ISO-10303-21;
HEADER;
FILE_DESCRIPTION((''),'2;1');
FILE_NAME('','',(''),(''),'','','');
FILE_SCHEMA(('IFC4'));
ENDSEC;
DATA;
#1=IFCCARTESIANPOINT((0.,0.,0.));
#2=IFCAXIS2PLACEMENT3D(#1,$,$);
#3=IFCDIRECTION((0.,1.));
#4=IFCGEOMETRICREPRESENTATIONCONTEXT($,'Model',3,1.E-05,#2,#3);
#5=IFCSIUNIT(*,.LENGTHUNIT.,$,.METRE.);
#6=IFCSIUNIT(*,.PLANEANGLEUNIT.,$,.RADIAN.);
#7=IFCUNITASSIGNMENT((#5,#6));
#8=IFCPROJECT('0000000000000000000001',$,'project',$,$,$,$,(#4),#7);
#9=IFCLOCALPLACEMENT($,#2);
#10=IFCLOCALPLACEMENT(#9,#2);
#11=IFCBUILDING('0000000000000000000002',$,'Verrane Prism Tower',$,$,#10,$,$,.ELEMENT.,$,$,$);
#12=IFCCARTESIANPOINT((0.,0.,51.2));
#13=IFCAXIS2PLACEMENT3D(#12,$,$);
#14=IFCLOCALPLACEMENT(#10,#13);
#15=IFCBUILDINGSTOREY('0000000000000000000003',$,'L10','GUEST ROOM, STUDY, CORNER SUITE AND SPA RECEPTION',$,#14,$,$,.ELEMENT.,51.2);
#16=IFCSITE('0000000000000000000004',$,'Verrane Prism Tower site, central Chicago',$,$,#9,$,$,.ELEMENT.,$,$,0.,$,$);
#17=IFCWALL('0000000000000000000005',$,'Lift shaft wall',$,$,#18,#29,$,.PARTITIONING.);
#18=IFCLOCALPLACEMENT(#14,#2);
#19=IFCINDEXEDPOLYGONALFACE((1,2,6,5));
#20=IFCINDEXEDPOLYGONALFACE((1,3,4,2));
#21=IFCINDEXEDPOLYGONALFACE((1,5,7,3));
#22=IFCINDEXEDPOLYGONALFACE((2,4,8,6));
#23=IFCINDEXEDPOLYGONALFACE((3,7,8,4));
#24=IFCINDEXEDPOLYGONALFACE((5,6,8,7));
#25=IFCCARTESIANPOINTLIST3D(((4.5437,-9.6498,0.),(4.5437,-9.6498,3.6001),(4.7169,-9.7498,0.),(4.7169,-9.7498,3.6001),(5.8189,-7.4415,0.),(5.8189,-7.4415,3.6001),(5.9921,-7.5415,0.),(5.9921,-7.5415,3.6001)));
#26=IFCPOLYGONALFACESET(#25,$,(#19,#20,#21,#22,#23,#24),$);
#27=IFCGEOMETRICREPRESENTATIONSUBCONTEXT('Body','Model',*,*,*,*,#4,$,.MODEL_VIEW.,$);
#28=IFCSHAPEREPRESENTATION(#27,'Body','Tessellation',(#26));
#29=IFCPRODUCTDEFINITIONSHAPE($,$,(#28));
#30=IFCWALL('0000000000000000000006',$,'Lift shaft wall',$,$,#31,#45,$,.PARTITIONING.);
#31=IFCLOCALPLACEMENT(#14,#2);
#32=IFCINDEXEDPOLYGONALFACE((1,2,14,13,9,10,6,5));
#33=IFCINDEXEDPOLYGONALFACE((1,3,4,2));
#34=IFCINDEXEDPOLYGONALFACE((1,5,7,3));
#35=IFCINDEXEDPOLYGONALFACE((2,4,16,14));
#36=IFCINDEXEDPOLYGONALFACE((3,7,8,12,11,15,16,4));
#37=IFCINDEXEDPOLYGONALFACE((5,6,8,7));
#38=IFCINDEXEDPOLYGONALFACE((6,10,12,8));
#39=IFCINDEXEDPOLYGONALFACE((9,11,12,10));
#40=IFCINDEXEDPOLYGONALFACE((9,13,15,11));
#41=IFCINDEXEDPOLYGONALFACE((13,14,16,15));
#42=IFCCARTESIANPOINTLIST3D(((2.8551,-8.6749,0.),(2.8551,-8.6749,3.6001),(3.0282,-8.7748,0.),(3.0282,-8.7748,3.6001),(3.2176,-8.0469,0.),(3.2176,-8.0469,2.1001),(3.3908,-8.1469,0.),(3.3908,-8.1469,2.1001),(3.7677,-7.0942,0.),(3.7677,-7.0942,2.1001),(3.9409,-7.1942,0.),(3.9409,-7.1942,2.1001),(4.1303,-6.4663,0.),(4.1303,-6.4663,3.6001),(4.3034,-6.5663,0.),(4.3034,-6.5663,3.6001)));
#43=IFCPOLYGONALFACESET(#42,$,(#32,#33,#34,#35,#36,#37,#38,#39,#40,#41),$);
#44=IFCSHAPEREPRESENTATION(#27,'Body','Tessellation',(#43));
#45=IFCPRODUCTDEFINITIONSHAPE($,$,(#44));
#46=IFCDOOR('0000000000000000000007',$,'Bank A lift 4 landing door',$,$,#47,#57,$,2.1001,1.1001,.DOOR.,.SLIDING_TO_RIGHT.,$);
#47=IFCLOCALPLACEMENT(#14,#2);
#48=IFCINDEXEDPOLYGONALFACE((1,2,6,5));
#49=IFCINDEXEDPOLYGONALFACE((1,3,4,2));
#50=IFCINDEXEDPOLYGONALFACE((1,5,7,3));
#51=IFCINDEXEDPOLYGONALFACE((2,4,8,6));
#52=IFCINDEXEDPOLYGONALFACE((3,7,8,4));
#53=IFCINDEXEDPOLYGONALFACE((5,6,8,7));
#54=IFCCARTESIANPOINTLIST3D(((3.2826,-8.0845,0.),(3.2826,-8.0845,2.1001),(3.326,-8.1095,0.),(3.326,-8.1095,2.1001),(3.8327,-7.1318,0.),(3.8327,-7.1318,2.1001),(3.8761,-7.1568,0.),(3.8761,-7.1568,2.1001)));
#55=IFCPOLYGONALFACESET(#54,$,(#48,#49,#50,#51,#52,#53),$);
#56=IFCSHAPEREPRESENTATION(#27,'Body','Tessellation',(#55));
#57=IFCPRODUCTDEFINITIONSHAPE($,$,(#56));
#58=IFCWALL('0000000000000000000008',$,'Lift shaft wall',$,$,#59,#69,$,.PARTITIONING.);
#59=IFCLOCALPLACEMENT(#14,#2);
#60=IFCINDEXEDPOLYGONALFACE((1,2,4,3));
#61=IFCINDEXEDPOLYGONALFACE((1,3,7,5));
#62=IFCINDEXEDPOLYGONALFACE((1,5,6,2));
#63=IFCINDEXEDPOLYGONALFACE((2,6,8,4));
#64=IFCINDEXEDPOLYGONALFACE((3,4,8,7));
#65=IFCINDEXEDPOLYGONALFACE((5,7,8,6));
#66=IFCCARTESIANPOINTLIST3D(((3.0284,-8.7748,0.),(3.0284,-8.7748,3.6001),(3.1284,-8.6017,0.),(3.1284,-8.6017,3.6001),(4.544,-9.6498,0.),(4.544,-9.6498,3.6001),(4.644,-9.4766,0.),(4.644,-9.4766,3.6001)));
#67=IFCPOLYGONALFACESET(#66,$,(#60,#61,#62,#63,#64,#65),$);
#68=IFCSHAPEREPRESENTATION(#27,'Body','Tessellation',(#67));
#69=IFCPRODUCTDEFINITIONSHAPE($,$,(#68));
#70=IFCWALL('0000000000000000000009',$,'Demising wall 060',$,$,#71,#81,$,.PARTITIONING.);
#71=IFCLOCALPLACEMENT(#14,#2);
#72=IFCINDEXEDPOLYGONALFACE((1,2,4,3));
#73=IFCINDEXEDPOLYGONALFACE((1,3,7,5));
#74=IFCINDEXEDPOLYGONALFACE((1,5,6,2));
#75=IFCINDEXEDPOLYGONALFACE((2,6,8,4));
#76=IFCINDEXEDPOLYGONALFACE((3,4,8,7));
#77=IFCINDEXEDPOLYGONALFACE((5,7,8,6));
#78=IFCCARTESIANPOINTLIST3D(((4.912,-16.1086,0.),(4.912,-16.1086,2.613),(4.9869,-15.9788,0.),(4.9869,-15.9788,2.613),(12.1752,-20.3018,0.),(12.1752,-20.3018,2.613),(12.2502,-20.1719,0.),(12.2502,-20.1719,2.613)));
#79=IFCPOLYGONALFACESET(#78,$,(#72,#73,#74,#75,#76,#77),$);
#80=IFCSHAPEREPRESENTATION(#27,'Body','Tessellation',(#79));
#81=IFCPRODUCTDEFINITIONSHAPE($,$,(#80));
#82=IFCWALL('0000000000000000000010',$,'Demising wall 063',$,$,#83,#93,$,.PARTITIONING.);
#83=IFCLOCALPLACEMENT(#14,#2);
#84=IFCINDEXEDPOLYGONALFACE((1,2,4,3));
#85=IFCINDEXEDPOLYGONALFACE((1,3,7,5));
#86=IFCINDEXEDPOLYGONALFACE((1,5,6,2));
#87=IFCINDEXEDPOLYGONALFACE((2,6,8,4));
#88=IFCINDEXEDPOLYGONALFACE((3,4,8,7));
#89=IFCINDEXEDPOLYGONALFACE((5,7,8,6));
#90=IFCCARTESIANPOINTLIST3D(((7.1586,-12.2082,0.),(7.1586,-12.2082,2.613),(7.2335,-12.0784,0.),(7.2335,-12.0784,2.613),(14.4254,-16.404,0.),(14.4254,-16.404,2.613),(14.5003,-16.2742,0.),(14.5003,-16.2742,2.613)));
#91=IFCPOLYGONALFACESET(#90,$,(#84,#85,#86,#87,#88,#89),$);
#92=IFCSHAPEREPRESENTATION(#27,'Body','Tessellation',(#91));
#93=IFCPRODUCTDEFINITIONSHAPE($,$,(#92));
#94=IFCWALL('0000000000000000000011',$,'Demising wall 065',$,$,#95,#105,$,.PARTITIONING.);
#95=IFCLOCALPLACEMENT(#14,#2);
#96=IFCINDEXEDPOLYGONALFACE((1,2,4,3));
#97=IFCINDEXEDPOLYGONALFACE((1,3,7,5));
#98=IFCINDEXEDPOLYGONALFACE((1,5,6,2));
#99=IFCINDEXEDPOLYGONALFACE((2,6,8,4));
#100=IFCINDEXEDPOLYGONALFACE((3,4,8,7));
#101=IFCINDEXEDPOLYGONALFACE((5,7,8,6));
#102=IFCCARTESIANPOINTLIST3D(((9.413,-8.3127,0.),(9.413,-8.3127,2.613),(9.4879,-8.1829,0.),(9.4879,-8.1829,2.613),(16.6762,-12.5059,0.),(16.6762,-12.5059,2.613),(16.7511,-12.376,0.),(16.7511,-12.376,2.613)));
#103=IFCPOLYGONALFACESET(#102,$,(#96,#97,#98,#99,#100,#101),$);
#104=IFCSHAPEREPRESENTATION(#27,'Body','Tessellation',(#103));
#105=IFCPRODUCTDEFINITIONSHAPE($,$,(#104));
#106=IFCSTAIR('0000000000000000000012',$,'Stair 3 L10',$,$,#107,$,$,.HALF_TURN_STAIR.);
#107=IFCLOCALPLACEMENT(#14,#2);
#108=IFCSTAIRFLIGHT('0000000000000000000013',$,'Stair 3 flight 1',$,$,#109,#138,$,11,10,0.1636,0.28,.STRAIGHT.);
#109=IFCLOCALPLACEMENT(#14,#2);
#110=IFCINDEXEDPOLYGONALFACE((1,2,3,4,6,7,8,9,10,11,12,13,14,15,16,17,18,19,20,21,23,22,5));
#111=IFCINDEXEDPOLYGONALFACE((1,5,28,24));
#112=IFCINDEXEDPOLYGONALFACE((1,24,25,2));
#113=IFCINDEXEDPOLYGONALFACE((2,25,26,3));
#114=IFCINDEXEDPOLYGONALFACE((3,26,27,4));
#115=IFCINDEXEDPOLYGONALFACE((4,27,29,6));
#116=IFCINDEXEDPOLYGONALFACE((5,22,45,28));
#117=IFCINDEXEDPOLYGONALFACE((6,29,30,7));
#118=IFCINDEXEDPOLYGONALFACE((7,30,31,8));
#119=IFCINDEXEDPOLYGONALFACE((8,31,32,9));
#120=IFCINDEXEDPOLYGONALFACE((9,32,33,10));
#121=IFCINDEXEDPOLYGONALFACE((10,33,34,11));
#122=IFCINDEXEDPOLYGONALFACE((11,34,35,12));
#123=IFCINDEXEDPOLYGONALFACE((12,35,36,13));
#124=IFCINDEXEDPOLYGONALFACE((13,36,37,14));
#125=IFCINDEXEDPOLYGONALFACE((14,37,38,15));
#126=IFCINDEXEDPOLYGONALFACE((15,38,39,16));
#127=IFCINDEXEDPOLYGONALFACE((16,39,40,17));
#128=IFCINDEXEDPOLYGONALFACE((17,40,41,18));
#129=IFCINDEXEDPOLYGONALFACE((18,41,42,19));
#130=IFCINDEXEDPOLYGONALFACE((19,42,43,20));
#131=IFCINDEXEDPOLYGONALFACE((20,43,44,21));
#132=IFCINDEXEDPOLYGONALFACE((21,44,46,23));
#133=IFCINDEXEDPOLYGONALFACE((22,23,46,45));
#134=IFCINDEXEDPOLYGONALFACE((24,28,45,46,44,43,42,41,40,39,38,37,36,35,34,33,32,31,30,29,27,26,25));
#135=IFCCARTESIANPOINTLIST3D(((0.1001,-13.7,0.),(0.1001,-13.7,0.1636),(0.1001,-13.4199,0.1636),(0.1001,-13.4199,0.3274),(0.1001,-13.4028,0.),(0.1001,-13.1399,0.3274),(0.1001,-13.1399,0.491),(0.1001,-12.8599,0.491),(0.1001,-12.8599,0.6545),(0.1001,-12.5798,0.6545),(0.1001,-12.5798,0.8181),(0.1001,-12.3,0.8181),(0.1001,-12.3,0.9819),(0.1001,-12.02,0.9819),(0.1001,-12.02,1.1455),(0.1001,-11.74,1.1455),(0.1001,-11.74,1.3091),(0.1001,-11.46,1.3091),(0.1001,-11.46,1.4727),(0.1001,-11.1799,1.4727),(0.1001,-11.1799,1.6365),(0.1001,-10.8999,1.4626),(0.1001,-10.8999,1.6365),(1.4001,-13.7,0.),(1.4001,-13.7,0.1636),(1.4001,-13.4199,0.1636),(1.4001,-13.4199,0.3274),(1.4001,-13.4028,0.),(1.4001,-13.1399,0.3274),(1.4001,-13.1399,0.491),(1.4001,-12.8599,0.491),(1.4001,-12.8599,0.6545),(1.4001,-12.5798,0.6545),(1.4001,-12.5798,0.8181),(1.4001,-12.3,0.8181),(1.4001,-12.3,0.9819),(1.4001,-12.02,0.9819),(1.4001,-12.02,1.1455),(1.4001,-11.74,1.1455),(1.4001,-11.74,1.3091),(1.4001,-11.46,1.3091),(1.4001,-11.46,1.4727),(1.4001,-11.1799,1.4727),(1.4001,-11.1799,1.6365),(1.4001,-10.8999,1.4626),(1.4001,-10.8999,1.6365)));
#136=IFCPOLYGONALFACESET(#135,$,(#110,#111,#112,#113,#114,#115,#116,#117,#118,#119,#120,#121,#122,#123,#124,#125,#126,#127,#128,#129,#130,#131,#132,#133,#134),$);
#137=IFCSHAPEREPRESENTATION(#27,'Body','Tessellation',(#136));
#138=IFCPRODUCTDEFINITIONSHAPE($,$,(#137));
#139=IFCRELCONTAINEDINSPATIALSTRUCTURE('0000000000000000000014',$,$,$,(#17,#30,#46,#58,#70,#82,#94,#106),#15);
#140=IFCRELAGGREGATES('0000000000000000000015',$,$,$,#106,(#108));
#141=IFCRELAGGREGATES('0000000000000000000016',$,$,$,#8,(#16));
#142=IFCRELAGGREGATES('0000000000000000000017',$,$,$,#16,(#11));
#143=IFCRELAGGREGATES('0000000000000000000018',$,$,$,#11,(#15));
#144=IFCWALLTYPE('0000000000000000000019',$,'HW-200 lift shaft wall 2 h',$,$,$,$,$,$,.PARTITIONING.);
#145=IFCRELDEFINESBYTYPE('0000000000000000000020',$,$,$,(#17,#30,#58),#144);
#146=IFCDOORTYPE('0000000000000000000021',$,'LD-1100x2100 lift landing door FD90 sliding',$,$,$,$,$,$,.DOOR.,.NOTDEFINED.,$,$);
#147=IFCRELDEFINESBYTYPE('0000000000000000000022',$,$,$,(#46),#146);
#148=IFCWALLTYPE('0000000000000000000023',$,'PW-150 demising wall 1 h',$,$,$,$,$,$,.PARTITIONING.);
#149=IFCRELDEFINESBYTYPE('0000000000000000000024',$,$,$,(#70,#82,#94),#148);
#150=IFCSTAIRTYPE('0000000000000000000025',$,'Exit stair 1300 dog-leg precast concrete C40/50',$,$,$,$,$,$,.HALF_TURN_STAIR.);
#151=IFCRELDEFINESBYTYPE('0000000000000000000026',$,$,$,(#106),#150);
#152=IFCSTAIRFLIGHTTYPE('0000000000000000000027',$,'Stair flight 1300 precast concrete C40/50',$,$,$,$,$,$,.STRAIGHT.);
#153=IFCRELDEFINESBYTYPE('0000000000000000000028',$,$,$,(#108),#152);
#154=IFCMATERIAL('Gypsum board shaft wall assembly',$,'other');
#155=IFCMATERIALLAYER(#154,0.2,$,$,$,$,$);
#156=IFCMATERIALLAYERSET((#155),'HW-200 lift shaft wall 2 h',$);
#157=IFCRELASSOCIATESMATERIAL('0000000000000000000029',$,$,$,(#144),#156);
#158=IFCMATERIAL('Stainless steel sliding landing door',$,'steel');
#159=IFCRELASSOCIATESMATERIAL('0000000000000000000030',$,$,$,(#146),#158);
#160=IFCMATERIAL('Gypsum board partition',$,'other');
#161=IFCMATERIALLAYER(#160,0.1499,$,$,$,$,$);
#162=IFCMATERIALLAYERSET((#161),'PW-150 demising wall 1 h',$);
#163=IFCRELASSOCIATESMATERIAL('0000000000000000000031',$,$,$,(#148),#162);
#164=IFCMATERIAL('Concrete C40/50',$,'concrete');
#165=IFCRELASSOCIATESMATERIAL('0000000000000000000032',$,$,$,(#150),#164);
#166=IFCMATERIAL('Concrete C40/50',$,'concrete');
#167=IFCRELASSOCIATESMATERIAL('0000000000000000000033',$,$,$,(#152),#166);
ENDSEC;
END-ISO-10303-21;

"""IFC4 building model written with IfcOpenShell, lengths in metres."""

from ifc_helpers import new_model, si_unit, direction, frame, frame_2d, origin, place, context, subcontext, project, spatial, polyline, rectangle, outline, extrude, material, layer, layer_set, type_object, element, fill, aggregate, save


model = new_model("IFC4")

# Units and contexts
model_context = context("Model", 3, precision=1e-05, world=origin(), true_north=direction((0.0, 1.0)))
body_context = subcontext(model_context, "Body", "Model", "MODEL_VIEW")
ifc_project = project(units=[si_unit("LENGTHUNIT", "METRE"), si_unit("PLANEANGLEUNIT", "RADIAN")], contexts=[model_context])

# Site, building, storey
site_placement = place(None, origin())
site = spatial("IfcSite", under=ifc_project, at=site_placement, Name="Verrane Prism Tower site, central Chicago", CompositionType="ELEMENT", RefElevation=0.0)
building_placement = place(site_placement, origin())
building = spatial("IfcBuilding", under=site, at=building_placement, Name="Verrane Prism Tower", CompositionType="ELEMENT")
storey_placement = place(building_placement, frame((0.0, 0.0, 51.2)))
storey = spatial("IfcBuildingStorey", under=building, at=storey_placement, Name="L10", Description="GUEST ROOM, STUDY, CORNER SUITE AND SPA RECEPTION", CompositionType="ELEMENT", Elevation=51.2)

# Wall
ifc_material_1 = material(Name="Gypsum board shaft wall assembly", Category="other")
ifc_layer_1 = layer(ifc_material_1, 0.2)
ifc_layer_set_1 = layer_set([ifc_layer_1], Name="HW-200 lift shaft wall 2 h")
wall_type_1 = type_object("IfcWallType", Name="HW-200 lift shaft wall 2 h", PredefinedType="PARTITIONING", material=ifc_layer_set_1)
wall_1_placement = place(storey_placement, frame((4.6304, -9.6997, 0.0), z_axis=(0.0, 0.0, 1.0), x_axis=(0.500062, 0.865989, 0.0)))
element("IfcWall", 1, at=wall_1_placement, inside=storey, type_object=wall_type_1, Name="Lift shaft wall", PredefinedType="PARTITIONING", context=body_context, shape_type="SweptSolid", body=[
    extrude(rectangle(XDim=2.55, YDim=0.2, at=frame_2d((1.2749, 0.0))), origin(), (0.0, 0.0, 1.0), 3.6001),
])

# Wall, opening, door
wall_2_placement = place(storey_placement, frame((2.9417, -8.7249, 0.0), z_axis=(0.0, 0.0, 1.0), x_axis=(0.500021, 0.866013, 0.0)))
wall_2 = element("IfcWall", 2, at=wall_2_placement, inside=storey, type_object=wall_type_1, Name="Lift shaft wall", PredefinedType="PARTITIONING", context=body_context, shape_type="SweptSolid", body=[
    extrude(rectangle(XDim=2.5503, YDim=0.2, at=frame_2d((1.2751, 0.0))), origin(), (0.0, 0.0, 1.0), 3.6001),
])
opening_1_placement = place(wall_2_placement, frame((0.7251, 0.0, 0.0)))
opening_1 = element("IfcOpeningElement", 3, at=opening_1_placement, cuts=wall_2, PredefinedType="OPENING", context=body_context, shape_type="SweptSolid", body=[
    extrude(rectangle(XDim=1.1001, YDim=2.1001, at=frame_2d((0.55, 1.05))), frame((0.0, 0.1099, 0.0), z_axis=(0.0, -1.0, 0.0), x_axis=(1.0, 0.0, 0.0)), (0.0, 0.0, 1.0), 0.22),
])
ifc_material_2 = material(Name="Stainless steel sliding landing door", Category="steel")
door_type_1 = type_object("IfcDoorType", Name="LD-1100x2100 lift landing door FD90 sliding", OperationType="NOTDEFINED", PredefinedType="DOOR", material=ifc_material_2)
door_1_placement = place(opening_1_placement, origin())
door_1 = element("IfcDoor", 4, at=door_1_placement, inside=storey, type_object=door_type_1, Name="Bank A lift 4 landing door", OperationType="SLIDING_TO_RIGHT", OverallHeight=2.1001, OverallWidth=1.1001, PredefinedType="DOOR", context=body_context, shape_type="SweptSolid", body=[
    extrude(rectangle(XDim=1.1001, YDim=2.1001, at=frame_2d((0.55, 1.05))), frame((0.0, 0.0249, 0.0), z_axis=(0.0, -1.0, 0.0), x_axis=(1.0, 0.0, 0.0)), (0.0, 0.0, 1.0), 0.05),
])
fill(opening_1, door_1)

# Walls
wall_3_placement = place(storey_placement, frame((4.594, -9.5632, 0.0), z_axis=(0.0, 0.0, 1.0), x_axis=(-0.866037, 0.49998, 0.0)))
element("IfcWall", 5, at=wall_3_placement, inside=storey, type_object=wall_type_1, Name="Lift shaft wall", PredefinedType="PARTITIONING", context=body_context, shape_type="SweptSolid", body=[
    extrude(rectangle(XDim=1.75, YDim=0.2, at=frame_2d((0.875, 0.0))), origin(), (0.0, 0.0, 1.0), 3.6001),
])
ifc_material_3 = material(Name="Gypsum board partition", Category="other")
ifc_layer_2 = layer(ifc_material_3, 0.1499)
ifc_layer_set_2 = layer_set([ifc_layer_2], Name="PW-150 demising wall 1 h")
wall_type_2 = type_object("IfcWallType", Name="PW-150 demising wall 1 h", PredefinedType="PARTITIONING", material=ifc_layer_set_2)
wall_4_placement = place(storey_placement, frame((4.9495, -16.0437, 0.0), z_axis=(0.0, 0.0, 1.0), x_axis=(0.86604, -0.499974, 0.0)))
element("IfcWall", 6, at=wall_4_placement, inside=storey, type_object=wall_type_2, Name="Demising wall 060", PredefinedType="PARTITIONING", context=body_context, shape_type="SweptSolid", body=[
    extrude(rectangle(XDim=8.3867, YDim=0.1499, at=frame_2d((4.1934, 0.0))), origin(), (0.0, 0.0, 1.0), 2.613),
])
wall_5_placement = place(storey_placement, frame((7.196, -12.1433, 0.0), z_axis=(0.0, 0.0, 1.0), x_axis=(0.866011, -0.500026, 0.0)))
element("IfcWall", 7, at=wall_5_placement, inside=storey, type_object=wall_type_2, Name="Demising wall 063", PredefinedType="PARTITIONING", context=body_context, shape_type="SweptSolid", body=[
    extrude(rectangle(XDim=8.3911, YDim=0.1499, at=frame_2d((4.1956, 0.0))), origin(), (0.0, 0.0, 1.0), 2.613),
])
wall_6_placement = place(storey_placement, frame((9.4504, -8.2478, 0.0), z_axis=(0.0, 0.0, 1.0), x_axis=(0.86604, -0.499974, 0.0)))
element("IfcWall", 8, at=wall_6_placement, inside=storey, type_object=wall_type_2, Name="Demising wall 065", PredefinedType="PARTITIONING", context=body_context, shape_type="SweptSolid", body=[
    extrude(rectangle(XDim=8.3867, YDim=0.1499, at=frame_2d((4.1934, 0.0))), origin(), (0.0, 0.0, 1.0), 2.613),
])

# Stair, stair flight
ifc_material_4 = material(Name="Concrete C40/50", Category="concrete")
stair_type = type_object("IfcStairType", Name="Exit stair 1300 dog-leg precast concrete C40/50", PredefinedType="HALF_TURN_STAIR", material=ifc_material_4)
stair_placement = place(storey_placement, origin())
stair = element("IfcStair", 9, at=stair_placement, inside=storey, type_object=stair_type, Name="Stair 3 L10", PredefinedType="HALF_TURN_STAIR")
ifc_material_5 = material(Name="Concrete C40/50", Category="concrete")
stair_flight_type = type_object("IfcStairFlightType", Name="Stair flight 1300 precast concrete C40/50", PredefinedType="STRAIGHT", material=ifc_material_5)
stair_flight_placement = place(storey_placement, frame((0.75, -13.7, 0.0), z_axis=(0.0, 0.0, 1.0), x_axis=(0.0, 1.0, 0.0)))
stair_flight = element("IfcStairFlight", 10, at=stair_flight_placement, type_object=stair_flight_type, Name="Stair 3 flight 1", NumberOfRisers=11, NumberOfTreads=10, PredefinedType="STRAIGHT", RiserHeight=0.1636, TreadLength=0.28, context=body_context, shape_type="SweptSolid", body=[
    extrude(outline(polyline([(0.0, 0.0), (0.0, 0.1636), (0.28, 0.1636), (0.28, 0.3274), (0.5601, 0.3274), (0.5601, 0.491), (0.8401, 0.491), (0.8401, 0.6545), (1.1201, 0.6545), (1.1201, 0.8181), (1.3999, 0.8181), (1.3999, 0.9819), (1.6799, 0.9819), (1.6799, 1.1455), (1.96, 1.1455), (1.96, 1.3091), (2.24, 1.3091), (2.24, 1.4727), (2.52, 1.4727), (2.52, 1.6365), (2.8, 1.6365), (2.8, 1.8), (2.8, 1.4626), (0.2971, 0.0), (0.0, 0.0)])), frame((0.0, 0.6499, 0.0), z_axis=(0.0, -1.0, 0.0), x_axis=(1.0, 0.0, 0.0)), (0.0, 0.0, 1.0), 1.3),
])
aggregate(stair, [stair_flight])

save(model, "model.ifc")
